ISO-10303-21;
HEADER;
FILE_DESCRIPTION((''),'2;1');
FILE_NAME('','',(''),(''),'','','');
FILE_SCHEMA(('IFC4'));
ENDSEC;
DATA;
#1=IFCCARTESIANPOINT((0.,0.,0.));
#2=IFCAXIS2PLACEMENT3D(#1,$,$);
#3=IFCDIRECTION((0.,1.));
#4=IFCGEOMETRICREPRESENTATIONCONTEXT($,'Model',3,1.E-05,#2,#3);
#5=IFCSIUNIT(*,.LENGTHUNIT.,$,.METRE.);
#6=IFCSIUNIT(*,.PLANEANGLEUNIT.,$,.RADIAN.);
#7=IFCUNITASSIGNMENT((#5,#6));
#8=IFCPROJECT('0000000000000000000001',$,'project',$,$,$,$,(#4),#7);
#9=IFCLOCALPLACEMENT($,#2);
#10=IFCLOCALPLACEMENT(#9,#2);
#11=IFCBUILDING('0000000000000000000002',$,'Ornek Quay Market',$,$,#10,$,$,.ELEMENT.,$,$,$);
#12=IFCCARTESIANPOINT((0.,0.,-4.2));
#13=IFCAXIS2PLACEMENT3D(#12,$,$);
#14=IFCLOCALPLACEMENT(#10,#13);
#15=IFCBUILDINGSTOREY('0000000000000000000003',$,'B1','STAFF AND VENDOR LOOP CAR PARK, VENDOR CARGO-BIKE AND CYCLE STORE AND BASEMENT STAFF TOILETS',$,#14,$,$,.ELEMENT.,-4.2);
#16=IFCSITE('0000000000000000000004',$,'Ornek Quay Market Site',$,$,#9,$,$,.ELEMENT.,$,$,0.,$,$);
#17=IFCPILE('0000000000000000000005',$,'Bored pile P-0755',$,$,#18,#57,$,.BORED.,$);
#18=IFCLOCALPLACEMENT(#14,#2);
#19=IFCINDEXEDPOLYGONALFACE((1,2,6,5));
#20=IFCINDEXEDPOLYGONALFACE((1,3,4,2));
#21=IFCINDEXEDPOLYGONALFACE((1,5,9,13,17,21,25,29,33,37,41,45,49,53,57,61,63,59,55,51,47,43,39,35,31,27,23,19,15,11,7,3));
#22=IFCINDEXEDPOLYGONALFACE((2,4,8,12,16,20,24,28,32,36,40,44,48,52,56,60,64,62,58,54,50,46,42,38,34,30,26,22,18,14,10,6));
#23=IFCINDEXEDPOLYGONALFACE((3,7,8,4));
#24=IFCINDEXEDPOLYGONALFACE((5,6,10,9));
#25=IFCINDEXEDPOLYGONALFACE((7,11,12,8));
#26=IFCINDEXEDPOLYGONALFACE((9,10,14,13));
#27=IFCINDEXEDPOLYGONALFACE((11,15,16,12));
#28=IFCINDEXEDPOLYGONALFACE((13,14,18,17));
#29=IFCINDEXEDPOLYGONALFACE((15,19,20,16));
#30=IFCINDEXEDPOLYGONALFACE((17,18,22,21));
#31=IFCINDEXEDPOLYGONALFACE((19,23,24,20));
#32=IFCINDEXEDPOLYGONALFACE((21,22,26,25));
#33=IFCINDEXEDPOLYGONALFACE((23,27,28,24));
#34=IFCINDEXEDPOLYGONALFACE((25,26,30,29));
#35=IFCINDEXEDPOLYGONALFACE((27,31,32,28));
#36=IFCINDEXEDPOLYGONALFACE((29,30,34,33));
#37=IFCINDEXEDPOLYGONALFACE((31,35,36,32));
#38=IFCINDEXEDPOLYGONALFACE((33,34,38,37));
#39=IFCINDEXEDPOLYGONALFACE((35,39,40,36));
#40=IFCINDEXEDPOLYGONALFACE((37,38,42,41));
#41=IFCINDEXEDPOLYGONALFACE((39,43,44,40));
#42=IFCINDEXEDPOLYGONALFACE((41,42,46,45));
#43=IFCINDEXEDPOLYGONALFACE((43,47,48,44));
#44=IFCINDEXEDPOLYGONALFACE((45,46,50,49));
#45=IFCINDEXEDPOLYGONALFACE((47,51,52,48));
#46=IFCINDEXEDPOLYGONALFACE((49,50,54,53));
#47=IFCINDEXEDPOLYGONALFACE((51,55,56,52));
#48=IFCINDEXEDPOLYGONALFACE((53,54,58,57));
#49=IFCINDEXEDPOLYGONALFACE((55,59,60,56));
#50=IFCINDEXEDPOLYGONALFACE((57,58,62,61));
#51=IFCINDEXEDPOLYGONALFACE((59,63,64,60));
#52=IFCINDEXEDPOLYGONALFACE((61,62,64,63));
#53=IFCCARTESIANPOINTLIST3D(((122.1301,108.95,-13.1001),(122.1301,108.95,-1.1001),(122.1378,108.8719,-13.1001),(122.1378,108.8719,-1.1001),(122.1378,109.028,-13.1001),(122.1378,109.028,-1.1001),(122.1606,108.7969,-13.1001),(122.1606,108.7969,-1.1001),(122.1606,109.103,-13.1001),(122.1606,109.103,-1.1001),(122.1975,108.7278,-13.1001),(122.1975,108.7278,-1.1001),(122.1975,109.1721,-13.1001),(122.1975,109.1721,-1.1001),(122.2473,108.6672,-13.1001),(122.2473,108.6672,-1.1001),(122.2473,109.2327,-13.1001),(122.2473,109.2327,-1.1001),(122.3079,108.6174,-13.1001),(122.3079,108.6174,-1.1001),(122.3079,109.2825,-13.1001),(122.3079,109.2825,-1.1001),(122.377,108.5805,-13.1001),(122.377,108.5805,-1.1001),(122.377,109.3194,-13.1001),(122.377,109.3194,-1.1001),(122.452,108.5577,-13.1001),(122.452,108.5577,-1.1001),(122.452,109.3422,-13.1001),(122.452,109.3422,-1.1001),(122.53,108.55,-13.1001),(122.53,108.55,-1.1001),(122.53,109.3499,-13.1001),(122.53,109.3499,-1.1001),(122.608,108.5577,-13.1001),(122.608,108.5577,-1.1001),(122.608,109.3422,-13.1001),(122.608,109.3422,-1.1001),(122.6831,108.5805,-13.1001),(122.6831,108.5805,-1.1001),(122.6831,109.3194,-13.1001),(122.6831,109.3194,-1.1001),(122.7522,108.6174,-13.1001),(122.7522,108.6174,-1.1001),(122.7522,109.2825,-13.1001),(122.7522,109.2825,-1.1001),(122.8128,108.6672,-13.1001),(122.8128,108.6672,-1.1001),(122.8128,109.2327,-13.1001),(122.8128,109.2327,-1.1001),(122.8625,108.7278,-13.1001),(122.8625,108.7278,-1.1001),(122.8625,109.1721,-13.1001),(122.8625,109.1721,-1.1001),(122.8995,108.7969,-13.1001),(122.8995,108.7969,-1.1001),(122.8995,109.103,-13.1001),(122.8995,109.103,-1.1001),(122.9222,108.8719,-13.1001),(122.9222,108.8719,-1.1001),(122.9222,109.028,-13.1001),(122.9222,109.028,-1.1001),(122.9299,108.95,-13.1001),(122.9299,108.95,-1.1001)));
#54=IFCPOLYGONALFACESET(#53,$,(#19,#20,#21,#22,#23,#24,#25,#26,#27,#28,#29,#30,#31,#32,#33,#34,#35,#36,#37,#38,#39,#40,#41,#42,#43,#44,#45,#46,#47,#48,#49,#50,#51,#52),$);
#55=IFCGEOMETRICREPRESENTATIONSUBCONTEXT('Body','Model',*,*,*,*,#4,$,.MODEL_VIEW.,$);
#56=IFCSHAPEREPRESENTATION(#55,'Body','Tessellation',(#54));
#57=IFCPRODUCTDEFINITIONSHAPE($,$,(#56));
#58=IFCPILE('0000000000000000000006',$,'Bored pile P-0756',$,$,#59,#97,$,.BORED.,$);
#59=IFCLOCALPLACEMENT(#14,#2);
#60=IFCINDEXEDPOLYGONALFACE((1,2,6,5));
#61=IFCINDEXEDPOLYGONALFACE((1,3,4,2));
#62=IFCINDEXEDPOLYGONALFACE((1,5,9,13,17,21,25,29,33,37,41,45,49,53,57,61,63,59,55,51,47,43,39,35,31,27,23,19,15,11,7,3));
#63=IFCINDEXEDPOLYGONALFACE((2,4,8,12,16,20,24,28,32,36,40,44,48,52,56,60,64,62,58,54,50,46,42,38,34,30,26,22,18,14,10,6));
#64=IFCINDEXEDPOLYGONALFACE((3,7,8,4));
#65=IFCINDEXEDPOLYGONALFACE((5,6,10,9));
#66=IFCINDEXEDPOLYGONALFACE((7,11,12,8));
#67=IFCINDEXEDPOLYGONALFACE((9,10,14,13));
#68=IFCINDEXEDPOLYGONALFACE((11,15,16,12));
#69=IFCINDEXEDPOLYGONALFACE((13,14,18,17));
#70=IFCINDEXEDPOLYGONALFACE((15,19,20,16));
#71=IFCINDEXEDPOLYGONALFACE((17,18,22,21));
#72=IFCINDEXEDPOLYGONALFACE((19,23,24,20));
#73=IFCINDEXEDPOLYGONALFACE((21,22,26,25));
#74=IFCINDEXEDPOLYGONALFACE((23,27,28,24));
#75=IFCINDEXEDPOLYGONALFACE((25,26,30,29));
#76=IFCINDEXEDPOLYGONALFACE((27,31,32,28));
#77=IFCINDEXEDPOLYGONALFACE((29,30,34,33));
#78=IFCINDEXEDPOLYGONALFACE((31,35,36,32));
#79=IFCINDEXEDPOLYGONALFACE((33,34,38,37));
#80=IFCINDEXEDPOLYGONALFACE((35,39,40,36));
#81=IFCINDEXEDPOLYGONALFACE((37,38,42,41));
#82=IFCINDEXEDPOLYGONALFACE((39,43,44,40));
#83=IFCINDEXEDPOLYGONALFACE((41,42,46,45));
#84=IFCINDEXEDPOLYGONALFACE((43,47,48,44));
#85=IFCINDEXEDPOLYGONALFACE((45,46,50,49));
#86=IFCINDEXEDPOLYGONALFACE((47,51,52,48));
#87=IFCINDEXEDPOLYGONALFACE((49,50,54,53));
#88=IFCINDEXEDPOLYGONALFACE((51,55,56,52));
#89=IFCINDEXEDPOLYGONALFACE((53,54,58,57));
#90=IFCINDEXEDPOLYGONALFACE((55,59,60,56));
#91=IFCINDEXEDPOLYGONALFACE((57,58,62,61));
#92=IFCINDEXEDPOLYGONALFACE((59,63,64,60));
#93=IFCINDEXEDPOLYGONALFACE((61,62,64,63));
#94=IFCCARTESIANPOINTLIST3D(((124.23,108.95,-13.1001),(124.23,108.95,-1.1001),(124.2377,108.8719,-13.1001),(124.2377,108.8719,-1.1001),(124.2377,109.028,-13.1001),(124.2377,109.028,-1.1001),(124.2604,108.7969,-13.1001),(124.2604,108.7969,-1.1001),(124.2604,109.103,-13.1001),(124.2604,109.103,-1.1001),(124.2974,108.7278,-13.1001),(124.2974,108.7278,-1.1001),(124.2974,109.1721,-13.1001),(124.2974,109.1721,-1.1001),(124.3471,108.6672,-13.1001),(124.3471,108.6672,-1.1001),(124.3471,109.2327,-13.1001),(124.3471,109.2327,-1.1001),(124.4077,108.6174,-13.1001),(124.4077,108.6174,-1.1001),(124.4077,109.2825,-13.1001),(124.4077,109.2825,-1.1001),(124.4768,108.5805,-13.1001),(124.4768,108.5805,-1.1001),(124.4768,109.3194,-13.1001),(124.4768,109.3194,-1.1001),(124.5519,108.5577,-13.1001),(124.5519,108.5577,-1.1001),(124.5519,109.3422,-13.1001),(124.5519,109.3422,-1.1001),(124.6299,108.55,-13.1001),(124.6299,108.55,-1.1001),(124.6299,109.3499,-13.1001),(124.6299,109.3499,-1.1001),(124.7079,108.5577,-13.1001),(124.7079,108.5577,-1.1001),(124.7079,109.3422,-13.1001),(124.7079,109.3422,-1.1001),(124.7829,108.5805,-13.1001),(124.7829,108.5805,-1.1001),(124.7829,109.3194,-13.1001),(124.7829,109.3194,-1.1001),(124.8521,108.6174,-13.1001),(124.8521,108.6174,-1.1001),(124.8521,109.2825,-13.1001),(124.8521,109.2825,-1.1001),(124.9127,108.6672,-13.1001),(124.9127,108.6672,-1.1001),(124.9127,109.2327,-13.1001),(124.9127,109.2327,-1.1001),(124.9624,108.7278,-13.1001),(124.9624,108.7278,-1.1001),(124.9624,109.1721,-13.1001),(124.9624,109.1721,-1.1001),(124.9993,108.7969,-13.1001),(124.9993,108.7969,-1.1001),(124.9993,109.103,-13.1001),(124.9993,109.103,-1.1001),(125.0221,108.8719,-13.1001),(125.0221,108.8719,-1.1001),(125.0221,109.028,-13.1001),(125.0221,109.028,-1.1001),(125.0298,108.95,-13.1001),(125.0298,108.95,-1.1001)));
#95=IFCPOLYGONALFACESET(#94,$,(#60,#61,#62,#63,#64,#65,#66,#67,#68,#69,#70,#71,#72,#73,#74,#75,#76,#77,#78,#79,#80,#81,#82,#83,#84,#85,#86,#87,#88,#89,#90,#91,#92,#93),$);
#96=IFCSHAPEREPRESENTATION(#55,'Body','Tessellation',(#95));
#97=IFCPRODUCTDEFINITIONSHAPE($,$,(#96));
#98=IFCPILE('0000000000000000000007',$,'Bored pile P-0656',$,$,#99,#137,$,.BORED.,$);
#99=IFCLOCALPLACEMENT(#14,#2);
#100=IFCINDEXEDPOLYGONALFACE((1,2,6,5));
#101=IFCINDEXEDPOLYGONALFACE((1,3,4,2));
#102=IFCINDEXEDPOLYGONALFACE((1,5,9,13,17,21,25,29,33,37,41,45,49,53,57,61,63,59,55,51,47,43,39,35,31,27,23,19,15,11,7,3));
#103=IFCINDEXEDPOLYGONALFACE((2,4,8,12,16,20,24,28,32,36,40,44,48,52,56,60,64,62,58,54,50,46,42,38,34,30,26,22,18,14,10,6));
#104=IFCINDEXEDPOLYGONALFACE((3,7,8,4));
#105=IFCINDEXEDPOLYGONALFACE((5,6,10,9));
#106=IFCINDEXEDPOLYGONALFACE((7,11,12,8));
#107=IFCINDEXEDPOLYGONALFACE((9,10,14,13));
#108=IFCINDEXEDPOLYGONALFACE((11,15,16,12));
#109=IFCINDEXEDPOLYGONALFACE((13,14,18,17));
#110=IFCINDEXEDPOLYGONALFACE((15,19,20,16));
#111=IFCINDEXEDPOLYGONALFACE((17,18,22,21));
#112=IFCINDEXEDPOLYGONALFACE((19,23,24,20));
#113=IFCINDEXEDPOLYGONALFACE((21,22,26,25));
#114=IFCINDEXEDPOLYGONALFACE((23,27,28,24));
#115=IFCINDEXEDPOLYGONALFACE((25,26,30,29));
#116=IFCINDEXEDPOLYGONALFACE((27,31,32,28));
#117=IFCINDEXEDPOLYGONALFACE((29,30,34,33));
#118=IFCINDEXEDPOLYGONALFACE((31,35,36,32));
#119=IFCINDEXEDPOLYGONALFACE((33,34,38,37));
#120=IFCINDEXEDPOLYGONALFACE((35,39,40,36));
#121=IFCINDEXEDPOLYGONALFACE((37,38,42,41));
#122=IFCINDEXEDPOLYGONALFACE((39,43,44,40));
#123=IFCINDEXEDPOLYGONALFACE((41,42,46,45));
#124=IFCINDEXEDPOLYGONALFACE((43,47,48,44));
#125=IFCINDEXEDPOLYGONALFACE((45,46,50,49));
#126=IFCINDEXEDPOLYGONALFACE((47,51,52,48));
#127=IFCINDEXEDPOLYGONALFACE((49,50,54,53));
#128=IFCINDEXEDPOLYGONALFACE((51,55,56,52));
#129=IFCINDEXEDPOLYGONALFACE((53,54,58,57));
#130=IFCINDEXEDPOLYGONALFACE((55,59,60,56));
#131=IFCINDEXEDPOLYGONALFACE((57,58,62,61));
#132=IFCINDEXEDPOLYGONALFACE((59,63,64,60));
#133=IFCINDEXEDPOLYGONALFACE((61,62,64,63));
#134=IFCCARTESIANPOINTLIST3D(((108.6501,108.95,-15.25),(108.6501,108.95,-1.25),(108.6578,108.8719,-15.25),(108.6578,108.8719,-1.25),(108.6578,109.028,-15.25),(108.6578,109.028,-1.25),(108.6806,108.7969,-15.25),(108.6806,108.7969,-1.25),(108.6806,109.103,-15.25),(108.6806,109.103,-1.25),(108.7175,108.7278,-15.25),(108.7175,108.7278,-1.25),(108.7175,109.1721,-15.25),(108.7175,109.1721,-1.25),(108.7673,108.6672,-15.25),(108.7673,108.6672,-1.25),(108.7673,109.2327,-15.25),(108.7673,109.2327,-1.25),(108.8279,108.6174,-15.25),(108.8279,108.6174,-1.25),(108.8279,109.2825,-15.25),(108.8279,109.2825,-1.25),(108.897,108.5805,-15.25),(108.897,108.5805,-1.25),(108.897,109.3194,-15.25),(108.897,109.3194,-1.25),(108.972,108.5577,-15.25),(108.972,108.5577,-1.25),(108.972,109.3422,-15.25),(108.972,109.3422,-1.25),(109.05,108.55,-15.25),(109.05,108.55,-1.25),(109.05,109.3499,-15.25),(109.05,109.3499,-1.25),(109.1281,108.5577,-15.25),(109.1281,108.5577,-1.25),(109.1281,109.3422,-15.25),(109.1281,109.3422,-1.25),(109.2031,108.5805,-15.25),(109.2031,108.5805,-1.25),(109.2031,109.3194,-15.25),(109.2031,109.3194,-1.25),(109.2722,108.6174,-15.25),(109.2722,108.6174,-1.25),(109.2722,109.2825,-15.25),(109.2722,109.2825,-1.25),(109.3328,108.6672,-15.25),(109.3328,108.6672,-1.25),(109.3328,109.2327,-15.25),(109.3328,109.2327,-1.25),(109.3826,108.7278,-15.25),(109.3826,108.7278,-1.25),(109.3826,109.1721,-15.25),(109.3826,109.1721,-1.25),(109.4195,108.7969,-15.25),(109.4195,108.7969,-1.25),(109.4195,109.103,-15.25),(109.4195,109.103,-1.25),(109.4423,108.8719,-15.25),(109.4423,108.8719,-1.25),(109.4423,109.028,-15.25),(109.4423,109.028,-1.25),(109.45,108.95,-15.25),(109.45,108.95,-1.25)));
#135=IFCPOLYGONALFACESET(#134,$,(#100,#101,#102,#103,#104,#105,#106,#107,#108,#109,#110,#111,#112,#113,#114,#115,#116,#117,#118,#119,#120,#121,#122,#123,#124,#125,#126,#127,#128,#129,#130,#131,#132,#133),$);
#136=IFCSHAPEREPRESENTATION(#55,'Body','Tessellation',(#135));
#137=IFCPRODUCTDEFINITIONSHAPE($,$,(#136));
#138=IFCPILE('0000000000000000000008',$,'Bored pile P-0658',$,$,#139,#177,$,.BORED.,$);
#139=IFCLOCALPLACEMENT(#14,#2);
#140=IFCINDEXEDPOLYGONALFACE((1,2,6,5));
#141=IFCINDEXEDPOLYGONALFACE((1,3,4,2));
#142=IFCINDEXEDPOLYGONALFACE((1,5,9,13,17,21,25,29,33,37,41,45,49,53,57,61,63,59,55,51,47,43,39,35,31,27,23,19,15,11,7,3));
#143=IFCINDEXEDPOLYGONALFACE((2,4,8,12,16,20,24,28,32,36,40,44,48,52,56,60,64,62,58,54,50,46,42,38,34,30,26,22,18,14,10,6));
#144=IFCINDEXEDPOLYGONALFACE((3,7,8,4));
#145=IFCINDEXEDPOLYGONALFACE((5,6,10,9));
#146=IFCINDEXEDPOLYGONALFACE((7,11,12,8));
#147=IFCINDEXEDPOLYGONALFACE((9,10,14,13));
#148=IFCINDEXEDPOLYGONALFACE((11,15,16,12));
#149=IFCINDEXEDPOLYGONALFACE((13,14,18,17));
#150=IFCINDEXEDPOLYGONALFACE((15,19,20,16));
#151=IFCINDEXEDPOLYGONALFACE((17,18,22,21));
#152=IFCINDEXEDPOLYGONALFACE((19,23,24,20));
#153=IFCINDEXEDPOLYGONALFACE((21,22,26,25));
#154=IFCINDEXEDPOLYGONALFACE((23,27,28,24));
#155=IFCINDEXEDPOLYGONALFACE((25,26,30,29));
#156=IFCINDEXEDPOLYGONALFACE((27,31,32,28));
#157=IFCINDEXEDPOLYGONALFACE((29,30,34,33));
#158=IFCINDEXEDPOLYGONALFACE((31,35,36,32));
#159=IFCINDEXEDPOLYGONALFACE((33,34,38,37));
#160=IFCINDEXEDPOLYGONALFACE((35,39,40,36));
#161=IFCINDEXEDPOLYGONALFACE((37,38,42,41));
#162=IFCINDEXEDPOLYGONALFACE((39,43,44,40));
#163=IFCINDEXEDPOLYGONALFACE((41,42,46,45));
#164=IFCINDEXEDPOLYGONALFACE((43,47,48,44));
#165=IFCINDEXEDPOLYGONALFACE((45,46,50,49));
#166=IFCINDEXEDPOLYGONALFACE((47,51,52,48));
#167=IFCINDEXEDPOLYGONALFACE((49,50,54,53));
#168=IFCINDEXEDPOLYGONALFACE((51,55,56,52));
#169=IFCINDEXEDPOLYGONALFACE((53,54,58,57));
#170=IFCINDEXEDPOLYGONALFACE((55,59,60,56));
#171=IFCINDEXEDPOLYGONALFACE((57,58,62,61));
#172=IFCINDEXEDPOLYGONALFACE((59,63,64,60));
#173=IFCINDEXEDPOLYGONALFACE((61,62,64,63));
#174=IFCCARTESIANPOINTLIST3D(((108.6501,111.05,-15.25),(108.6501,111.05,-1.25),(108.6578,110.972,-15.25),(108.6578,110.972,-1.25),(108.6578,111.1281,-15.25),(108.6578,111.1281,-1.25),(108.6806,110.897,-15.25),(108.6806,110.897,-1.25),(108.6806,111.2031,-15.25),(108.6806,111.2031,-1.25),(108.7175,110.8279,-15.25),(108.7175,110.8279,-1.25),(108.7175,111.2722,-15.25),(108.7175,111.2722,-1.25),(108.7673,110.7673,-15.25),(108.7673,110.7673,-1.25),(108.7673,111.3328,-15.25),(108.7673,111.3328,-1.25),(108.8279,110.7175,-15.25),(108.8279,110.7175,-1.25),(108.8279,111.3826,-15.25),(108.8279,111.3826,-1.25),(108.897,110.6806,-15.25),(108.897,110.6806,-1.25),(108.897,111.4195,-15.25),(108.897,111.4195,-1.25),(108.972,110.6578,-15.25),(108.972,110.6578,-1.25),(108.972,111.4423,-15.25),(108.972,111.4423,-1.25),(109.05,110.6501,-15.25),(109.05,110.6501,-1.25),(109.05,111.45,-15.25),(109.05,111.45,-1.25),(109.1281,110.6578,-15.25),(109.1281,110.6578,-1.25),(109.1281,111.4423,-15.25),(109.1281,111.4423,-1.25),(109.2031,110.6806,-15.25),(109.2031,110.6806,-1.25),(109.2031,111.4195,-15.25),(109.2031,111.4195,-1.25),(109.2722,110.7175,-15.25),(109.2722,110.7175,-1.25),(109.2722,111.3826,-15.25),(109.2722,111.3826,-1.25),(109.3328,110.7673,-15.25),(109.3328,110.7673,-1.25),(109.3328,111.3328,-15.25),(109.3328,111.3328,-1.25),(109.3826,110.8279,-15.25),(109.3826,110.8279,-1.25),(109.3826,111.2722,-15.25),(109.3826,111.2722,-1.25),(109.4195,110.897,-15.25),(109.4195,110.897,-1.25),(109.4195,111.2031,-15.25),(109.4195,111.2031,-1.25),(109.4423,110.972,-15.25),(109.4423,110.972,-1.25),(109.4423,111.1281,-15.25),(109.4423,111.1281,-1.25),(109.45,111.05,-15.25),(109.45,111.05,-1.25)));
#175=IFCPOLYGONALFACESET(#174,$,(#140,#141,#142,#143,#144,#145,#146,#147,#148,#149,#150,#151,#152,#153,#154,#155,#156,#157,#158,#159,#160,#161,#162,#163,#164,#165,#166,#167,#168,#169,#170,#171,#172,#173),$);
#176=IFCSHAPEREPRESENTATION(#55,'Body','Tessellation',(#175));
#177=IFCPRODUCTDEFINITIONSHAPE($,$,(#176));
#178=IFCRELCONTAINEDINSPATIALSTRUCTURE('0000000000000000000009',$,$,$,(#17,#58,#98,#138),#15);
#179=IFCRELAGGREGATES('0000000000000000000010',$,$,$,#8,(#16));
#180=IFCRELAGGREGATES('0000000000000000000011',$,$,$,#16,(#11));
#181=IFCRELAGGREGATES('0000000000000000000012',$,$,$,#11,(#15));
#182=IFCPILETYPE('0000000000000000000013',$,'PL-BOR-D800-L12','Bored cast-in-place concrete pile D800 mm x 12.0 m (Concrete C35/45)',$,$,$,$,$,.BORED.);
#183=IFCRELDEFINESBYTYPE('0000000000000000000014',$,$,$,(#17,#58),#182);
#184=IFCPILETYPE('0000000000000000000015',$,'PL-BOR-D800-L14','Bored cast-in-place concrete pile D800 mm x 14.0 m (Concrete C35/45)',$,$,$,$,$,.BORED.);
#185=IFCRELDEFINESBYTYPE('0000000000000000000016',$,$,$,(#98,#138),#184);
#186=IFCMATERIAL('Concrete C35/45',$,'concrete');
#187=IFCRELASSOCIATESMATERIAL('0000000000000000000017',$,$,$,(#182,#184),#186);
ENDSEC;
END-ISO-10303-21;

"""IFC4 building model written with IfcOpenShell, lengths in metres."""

from ifc_helpers import new_model, si_unit, direction, frame, origin, origin_2d, place, context, subcontext, project, spatial, circle, extrude, material, material_profile, profile_set, type_object, element, save


model = new_model("IFC4")

# Units and contexts
model_context = context("Model", 3, precision=1e-05, world=origin(), true_north=direction((0.0, 1.0)))
body_context = subcontext(model_context, "Body", "Model", "MODEL_VIEW")
ifc_project = project(units=[si_unit("LENGTHUNIT", "METRE"), si_unit("PLANEANGLEUNIT", "RADIAN")], contexts=[model_context])

# Site, building, storey
site_placement = place(None, origin())
site = spatial("IfcSite", under=ifc_project, at=site_placement, Name="Ornek Quay Market Site", CompositionType="ELEMENT", RefElevation=0.0)
building_placement = place(site_placement, origin())
building = spatial("IfcBuilding", under=site, at=building_placement, Name="Ornek Quay Market", CompositionType="ELEMENT")
storey_placement = place(building_placement, frame((0.0, 0.0, -4.2)))
storey = spatial("IfcBuildingStorey", under=building, at=storey_placement, Name="B1", Description="STAFF AND VENDOR LOOP CAR PARK, VENDOR CARGO-BIKE AND CYCLE STORE AND BASEMENT STAFF TOILETS", CompositionType="ELEMENT", Elevation=-4.2)

# Piles
ifc_material_1 = material(Name="Concrete C35/45", Category="concrete")
ifc_material_profile_1 = material_profile(ifc_material_1, circle(Radius=0.3999, at=origin_2d()), Name="PILE D800", Category="concrete")
ifc_profile_set_1 = profile_set([ifc_material_profile_1], Name="Concrete C35/45")
pile_type_1 = type_object("IfcPileType", Name="PL-BOR-D800-L12", Description="Bored cast-in-place concrete pile D800 mm x 12.0 m (Concrete C35/45)", PredefinedType="BORED", material=ifc_profile_set_1)
for number, where, z_axis, x_axis, name in (
    (1, (122.53, 108.95, -1.1001), (0.0, 0.0, -1.0), (1.0, 0.0, 0.0), "Bored pile P-0755"),
    (2, (124.6299, 108.95, -1.1001), (0.0, 0.0, -1.0), (1.0, 0.0, 0.0), "Bored pile P-0756"),
):
    element("IfcPile", number, at=place(storey_placement, frame(where, z_axis=z_axis, x_axis=x_axis)), inside=storey, type_object=pile_type_1, Name=name, PredefinedType="BORED", context=body_context, shape_type="SweptSolid", body=[
        extrude(circle(Radius=0.3999, at=origin_2d()), origin(), (0.0, 0.0, 1.0), 12.0),
    ])
ifc_material_profile_2 = material_profile(ifc_material_1, circle(Radius=0.3999, at=origin_2d()), Name="PILE D800", Category="concrete")
ifc_profile_set_2 = profile_set([ifc_material_profile_2], Name="Concrete C35/45")
pile_type_2 = type_object("IfcPileType", Name="PL-BOR-D800-L14", Description="Bored cast-in-place concrete pile D800 mm x 14.0 m (Concrete C35/45)", PredefinedType="BORED", material=ifc_profile_set_2)
for number, where, z_axis, x_axis, name in (
    (3, (109.05, 108.95, -1.25), (0.0, 0.0, -1.0), (1.0, 0.0, 0.0), "Bored pile P-0656"),
    (4, (109.05, 111.05, -1.25), (0.0, 0.0, -1.0), (1.0, 0.0, 0.0), "Bored pile P-0658"),
):
    element("IfcPile", number, at=place(storey_placement, frame(where, z_axis=z_axis, x_axis=x_axis)), inside=storey, type_object=pile_type_2, Name=name, PredefinedType="BORED", context=body_context, shape_type="SweptSolid", body=[
        extrude(circle(Radius=0.3999, at=origin_2d()), origin(), (0.0, 0.0, 1.0), 14.0),
    ])

save(model, "model.ifc")
